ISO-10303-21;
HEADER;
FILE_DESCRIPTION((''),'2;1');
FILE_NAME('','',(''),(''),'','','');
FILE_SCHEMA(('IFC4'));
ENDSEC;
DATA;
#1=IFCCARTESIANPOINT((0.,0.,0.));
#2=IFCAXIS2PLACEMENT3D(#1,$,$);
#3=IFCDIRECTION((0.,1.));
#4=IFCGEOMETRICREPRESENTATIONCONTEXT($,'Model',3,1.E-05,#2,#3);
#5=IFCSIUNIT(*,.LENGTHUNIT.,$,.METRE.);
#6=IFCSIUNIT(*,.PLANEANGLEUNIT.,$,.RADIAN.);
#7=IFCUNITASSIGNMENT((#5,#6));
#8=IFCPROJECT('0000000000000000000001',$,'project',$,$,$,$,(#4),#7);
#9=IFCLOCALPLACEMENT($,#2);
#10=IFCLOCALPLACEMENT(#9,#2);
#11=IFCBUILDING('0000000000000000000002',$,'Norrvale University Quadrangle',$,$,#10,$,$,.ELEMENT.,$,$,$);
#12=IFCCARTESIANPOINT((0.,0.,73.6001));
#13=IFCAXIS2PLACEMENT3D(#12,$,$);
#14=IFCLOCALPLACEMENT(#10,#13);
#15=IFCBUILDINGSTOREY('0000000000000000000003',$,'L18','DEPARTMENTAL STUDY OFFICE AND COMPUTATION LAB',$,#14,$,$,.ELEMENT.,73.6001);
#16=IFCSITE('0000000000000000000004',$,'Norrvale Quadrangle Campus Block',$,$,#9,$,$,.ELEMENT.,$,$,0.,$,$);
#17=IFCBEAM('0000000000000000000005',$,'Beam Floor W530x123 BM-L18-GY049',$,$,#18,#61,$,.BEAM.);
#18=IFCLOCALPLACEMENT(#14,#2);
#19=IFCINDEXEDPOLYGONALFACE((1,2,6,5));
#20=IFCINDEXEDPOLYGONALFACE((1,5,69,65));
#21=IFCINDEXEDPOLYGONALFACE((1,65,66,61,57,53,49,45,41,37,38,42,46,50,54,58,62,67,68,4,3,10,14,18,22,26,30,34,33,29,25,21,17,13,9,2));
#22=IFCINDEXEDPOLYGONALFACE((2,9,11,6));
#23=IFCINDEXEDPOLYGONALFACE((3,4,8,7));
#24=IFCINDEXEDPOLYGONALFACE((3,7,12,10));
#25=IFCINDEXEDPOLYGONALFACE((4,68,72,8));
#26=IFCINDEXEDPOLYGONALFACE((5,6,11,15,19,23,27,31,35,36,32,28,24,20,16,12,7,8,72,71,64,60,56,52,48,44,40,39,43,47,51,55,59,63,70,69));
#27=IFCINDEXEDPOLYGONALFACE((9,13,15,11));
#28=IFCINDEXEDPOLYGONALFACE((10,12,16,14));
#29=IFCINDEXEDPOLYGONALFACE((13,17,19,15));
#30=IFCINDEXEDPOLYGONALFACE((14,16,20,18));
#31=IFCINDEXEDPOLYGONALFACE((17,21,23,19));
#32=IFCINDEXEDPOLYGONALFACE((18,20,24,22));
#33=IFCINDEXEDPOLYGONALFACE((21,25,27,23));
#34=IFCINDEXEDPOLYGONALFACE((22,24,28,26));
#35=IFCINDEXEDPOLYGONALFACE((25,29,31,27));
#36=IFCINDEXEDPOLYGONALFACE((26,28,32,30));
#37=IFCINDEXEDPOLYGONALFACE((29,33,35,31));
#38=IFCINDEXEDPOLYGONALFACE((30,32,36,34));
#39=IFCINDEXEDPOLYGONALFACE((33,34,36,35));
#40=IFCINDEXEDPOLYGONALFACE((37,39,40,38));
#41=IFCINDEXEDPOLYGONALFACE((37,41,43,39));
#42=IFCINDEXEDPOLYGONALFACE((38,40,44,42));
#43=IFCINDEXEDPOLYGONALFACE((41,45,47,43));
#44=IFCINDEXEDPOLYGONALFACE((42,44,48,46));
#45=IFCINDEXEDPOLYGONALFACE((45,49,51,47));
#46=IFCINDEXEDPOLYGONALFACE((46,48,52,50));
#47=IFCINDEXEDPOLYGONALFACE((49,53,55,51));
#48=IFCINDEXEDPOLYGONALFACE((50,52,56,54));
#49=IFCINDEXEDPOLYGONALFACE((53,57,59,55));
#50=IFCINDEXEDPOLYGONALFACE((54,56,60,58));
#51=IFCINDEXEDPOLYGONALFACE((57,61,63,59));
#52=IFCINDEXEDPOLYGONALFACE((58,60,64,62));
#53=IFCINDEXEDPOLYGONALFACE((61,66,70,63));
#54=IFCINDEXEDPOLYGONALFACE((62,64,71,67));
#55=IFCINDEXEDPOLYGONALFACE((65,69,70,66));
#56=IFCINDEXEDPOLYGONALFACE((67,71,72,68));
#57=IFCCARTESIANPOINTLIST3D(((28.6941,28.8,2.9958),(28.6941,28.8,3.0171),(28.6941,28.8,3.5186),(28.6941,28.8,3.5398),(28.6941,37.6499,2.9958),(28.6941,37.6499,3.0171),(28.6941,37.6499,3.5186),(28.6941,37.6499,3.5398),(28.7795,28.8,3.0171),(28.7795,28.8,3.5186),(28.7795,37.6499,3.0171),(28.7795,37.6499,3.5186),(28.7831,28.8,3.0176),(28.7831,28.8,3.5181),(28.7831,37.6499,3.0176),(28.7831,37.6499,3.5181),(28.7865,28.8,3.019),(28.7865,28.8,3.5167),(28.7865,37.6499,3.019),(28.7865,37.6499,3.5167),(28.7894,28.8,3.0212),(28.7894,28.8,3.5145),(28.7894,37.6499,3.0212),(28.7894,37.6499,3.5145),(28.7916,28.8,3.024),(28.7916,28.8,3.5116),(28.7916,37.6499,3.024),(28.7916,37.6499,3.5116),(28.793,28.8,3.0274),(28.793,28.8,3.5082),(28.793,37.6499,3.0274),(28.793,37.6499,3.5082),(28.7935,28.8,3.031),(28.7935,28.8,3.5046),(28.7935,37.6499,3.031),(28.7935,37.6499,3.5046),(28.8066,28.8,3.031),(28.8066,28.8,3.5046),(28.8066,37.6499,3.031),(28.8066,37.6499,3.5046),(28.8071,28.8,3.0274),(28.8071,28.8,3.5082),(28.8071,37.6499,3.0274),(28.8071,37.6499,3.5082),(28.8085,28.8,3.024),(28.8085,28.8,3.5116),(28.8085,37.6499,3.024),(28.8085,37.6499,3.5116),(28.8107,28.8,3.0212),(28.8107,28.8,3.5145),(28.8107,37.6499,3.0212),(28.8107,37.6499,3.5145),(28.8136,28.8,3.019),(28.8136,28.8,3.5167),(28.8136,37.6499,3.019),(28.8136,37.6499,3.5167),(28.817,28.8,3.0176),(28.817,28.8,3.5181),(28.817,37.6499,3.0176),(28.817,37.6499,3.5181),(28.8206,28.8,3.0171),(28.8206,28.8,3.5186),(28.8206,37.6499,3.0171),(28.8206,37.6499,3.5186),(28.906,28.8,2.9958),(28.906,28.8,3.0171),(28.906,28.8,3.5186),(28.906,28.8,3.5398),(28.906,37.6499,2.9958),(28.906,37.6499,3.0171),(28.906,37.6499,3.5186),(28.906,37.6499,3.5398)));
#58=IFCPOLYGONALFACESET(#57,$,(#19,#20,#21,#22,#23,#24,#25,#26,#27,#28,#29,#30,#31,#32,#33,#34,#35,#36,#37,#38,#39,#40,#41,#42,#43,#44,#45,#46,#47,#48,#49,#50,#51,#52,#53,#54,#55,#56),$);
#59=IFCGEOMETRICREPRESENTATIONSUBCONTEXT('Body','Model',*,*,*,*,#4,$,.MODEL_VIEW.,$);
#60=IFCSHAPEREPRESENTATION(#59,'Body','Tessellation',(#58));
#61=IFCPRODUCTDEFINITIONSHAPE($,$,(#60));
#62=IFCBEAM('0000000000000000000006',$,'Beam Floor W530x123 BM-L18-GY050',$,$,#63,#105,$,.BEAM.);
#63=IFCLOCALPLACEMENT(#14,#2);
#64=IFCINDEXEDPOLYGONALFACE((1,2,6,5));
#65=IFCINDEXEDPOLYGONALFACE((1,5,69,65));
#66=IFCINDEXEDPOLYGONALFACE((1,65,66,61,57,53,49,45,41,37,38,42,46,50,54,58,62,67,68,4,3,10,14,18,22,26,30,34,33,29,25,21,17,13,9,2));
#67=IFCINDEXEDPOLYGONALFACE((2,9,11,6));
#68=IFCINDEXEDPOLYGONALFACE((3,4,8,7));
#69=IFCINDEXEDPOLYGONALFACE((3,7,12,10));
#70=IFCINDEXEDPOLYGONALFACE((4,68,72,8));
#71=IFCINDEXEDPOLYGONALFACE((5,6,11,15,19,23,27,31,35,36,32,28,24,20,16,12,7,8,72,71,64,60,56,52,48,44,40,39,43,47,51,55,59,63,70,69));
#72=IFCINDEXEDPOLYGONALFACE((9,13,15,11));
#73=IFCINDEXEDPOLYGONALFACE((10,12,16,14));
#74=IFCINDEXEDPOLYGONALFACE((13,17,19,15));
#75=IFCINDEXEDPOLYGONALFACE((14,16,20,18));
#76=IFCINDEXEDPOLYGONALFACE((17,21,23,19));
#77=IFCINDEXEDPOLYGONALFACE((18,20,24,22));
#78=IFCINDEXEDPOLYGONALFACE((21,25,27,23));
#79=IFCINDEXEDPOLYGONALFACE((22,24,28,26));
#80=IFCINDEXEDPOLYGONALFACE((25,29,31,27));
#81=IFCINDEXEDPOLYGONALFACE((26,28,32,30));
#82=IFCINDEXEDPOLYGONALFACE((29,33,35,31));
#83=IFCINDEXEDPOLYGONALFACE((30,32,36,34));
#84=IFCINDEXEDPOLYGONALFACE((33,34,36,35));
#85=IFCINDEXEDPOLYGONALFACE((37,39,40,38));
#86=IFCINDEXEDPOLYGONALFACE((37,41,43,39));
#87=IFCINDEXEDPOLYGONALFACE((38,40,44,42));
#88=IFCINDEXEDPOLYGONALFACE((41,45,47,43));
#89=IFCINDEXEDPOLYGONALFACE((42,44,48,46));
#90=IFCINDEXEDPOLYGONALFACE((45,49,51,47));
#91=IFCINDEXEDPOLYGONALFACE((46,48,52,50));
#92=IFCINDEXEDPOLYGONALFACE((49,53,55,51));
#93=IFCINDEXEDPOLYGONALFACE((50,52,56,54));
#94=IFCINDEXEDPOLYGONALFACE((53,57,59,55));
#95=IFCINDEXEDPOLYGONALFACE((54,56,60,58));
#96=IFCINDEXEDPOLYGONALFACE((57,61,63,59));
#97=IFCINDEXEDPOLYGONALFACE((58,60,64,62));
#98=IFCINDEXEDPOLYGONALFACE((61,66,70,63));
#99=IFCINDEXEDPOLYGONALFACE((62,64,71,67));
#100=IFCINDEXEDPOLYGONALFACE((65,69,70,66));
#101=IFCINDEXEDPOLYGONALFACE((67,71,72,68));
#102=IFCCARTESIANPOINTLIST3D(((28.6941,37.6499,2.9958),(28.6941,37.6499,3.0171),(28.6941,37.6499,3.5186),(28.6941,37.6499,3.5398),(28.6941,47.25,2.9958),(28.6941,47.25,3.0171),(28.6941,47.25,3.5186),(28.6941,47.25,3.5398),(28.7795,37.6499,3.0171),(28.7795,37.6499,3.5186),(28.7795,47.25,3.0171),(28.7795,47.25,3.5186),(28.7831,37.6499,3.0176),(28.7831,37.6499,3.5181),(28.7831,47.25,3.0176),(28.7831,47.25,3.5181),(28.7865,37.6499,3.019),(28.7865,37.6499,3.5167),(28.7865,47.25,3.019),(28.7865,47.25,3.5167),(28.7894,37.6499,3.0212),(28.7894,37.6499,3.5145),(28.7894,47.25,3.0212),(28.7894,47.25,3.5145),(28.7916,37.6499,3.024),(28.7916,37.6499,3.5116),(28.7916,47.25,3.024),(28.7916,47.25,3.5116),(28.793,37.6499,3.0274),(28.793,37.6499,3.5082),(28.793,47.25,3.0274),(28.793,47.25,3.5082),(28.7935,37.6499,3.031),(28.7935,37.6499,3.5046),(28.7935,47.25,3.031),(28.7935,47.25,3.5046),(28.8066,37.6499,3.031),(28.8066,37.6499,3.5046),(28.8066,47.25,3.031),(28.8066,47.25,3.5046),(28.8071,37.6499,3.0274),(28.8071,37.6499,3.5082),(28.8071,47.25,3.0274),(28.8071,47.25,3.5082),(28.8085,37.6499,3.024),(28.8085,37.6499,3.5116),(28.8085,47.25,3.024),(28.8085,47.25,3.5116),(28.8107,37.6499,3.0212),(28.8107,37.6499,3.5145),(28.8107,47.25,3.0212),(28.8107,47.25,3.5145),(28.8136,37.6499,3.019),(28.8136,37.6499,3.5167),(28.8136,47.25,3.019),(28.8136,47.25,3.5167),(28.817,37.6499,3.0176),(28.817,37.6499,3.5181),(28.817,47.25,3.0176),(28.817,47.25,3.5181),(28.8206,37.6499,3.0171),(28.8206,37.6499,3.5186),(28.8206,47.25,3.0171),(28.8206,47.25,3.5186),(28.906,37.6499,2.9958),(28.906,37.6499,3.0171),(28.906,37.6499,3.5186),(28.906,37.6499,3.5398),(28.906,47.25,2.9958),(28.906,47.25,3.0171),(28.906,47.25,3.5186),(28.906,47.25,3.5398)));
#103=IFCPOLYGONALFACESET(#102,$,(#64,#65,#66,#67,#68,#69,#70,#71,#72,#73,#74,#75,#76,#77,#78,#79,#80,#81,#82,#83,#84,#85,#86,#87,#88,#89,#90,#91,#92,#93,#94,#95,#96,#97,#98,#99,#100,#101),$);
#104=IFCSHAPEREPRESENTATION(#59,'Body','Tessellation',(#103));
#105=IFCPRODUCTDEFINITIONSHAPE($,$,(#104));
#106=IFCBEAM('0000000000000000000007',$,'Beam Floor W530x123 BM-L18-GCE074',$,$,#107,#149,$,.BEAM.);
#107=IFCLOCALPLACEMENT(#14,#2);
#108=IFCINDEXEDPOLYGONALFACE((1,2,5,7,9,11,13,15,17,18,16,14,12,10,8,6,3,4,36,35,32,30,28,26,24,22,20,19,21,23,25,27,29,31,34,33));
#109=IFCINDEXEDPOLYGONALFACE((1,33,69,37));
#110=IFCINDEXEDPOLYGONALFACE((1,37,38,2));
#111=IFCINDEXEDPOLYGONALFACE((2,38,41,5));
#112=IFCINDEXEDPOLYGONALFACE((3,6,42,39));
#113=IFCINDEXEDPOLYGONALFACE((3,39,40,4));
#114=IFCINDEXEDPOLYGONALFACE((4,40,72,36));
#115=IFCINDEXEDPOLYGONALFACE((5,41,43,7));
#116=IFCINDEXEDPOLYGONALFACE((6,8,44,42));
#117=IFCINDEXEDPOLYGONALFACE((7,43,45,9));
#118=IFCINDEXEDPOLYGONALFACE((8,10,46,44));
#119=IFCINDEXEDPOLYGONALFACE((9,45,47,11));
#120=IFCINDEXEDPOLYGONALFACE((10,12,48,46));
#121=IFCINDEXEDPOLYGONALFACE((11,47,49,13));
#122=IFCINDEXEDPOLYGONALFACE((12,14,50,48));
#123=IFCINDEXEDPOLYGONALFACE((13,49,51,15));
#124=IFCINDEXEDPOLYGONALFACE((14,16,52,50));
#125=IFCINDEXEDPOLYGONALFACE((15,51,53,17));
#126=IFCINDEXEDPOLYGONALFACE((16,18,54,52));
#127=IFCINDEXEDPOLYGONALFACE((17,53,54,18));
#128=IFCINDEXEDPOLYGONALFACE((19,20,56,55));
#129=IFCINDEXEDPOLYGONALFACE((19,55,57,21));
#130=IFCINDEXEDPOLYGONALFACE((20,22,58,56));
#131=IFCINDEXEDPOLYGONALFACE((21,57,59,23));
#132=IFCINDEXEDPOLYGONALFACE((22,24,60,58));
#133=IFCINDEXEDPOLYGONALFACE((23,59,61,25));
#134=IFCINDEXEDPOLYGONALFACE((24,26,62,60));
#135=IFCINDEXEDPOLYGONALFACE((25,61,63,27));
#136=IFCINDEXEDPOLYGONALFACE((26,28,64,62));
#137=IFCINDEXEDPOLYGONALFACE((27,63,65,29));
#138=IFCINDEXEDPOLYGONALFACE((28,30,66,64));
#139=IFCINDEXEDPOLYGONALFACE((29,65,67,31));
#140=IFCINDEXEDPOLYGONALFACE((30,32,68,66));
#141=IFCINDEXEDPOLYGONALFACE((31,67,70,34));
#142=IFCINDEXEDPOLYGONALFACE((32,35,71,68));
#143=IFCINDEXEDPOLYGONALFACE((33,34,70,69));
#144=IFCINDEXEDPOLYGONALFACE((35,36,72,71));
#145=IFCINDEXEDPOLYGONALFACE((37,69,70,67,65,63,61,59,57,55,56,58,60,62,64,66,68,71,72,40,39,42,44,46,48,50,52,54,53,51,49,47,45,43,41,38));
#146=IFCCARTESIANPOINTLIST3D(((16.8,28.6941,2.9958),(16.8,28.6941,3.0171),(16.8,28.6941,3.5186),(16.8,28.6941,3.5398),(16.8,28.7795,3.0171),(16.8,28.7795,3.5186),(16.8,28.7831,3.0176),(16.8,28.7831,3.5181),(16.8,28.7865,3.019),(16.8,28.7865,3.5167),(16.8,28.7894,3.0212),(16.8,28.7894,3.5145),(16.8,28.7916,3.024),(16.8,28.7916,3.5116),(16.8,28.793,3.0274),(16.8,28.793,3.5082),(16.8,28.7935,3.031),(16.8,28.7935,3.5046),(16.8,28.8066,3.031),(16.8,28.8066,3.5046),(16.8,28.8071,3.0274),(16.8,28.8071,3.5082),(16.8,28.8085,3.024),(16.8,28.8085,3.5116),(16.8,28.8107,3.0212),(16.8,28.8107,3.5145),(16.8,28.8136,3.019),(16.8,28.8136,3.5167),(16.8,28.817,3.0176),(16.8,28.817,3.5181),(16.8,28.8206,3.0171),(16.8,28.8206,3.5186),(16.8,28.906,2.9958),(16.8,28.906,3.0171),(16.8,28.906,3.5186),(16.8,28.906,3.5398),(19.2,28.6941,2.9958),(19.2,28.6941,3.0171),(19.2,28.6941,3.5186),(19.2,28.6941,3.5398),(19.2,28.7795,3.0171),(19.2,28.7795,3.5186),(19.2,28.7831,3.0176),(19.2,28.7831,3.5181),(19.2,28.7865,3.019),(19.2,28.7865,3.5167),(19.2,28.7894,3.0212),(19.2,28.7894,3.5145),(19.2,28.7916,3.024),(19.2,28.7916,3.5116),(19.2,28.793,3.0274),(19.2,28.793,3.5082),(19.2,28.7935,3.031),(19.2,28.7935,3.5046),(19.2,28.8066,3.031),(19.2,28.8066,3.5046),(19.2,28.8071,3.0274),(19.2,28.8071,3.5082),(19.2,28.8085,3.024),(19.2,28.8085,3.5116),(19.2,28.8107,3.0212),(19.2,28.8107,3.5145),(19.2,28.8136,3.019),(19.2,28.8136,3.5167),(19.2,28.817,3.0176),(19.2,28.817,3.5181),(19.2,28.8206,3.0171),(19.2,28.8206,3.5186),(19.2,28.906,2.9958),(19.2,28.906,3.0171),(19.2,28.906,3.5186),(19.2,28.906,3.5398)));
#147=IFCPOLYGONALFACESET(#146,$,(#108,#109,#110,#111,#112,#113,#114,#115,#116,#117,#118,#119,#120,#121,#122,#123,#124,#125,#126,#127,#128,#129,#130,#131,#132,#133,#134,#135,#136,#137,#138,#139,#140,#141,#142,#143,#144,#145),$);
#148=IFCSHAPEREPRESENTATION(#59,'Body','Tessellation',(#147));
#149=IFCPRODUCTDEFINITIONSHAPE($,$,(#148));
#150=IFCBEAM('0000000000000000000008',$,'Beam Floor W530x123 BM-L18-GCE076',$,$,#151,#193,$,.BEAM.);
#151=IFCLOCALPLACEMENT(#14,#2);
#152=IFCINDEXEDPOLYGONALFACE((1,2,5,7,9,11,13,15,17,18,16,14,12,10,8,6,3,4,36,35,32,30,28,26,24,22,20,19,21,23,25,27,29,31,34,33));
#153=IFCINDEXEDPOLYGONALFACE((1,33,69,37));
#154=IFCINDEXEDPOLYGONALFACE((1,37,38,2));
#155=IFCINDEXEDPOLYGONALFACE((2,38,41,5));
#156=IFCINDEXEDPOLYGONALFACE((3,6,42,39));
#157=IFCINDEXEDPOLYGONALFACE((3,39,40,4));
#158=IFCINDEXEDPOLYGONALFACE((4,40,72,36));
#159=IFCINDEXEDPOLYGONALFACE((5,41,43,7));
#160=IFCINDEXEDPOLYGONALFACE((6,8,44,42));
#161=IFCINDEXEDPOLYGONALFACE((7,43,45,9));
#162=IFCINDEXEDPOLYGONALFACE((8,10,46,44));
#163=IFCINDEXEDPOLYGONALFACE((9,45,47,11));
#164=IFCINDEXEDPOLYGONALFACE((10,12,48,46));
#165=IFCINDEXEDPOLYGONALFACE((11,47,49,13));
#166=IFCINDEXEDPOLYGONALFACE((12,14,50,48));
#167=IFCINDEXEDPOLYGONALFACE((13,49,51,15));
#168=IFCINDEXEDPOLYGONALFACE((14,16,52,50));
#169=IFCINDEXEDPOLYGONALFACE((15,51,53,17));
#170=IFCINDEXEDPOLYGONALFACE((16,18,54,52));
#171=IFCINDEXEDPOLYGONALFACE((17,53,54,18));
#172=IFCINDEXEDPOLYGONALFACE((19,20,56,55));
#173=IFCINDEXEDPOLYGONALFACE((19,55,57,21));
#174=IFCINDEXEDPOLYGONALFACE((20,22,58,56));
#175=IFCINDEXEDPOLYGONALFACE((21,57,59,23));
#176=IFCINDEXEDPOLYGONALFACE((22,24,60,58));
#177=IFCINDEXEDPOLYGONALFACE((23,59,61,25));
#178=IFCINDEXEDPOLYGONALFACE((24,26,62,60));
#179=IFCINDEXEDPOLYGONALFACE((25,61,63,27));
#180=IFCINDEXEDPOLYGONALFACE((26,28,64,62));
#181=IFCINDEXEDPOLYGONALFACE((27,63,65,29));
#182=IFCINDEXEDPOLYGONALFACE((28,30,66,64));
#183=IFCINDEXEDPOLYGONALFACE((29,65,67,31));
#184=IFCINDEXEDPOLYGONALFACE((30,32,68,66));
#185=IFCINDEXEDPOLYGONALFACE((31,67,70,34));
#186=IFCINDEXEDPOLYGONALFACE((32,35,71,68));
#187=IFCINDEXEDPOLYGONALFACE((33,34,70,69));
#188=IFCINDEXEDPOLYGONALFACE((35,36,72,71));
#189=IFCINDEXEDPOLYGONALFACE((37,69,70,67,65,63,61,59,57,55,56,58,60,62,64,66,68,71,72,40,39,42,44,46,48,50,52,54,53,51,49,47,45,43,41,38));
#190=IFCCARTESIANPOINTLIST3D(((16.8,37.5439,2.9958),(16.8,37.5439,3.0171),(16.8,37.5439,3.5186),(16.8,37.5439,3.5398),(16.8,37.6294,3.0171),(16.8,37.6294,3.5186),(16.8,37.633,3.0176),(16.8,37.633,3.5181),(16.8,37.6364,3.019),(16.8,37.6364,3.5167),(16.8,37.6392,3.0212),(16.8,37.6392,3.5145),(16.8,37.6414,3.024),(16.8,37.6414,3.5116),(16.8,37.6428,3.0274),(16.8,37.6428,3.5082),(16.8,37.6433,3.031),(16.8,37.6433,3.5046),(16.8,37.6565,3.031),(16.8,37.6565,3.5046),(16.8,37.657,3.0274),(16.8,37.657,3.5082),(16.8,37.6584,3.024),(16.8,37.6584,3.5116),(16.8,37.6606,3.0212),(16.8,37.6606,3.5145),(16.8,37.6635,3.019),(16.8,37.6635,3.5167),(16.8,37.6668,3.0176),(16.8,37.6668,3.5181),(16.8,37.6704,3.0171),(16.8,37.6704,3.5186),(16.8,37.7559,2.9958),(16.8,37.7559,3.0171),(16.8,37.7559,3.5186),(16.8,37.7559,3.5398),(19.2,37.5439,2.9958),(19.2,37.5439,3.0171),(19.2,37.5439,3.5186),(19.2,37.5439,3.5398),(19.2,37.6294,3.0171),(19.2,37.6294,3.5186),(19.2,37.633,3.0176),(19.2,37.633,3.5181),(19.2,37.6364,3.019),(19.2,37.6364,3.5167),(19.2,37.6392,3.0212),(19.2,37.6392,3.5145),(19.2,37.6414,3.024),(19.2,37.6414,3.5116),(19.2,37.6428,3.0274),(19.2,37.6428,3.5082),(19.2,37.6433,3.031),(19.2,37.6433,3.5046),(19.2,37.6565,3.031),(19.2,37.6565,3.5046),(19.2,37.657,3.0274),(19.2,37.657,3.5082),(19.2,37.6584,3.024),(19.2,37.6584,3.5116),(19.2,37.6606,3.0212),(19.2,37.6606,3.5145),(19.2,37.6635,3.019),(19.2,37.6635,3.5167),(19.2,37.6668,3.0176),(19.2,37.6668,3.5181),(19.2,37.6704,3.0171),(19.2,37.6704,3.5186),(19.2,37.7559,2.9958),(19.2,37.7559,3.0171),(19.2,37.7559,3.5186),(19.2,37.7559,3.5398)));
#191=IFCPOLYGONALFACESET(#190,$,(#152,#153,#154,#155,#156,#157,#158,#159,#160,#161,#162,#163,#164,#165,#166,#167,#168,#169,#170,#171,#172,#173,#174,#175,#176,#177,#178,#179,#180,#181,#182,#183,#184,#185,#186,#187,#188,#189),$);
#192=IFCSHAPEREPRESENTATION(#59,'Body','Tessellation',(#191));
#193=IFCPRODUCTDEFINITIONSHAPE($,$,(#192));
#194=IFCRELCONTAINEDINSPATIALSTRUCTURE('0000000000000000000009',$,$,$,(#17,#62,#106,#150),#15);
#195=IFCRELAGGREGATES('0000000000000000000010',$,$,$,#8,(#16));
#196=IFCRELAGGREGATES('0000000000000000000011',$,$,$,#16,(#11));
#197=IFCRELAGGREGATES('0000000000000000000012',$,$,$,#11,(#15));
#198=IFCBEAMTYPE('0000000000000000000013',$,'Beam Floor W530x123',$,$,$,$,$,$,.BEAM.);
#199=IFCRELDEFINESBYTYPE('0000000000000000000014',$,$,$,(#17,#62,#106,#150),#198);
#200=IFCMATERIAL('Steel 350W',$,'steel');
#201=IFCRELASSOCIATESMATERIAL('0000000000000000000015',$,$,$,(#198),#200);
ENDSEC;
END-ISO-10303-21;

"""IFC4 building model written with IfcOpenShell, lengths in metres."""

from ifc_helpers import new_model, si_unit, direction, frame, origin, origin_2d, place, context, subcontext, project, spatial, i_section, extrude, material, material_profile, profile_set, type_object, element, save


model = new_model("IFC4")

# Units and contexts
model_context = context("Model", 3, precision=1e-05, world=origin(), true_north=direction((0.0, 1.0)))
body_context = subcontext(model_context, "Body", "Model", "MODEL_VIEW")
ifc_project = project(units=[si_unit("LENGTHUNIT", "METRE"), si_unit("PLANEANGLEUNIT", "RADIAN")], contexts=[model_context])

# Site, building, storey
site_placement = place(None, origin())
site = spatial("IfcSite", under=ifc_project, at=site_placement, Name="Norrvale Quadrangle Campus Block", CompositionType="ELEMENT", RefElevation=0.0)
building_placement = place(site_placement, origin())
building = spatial("IfcBuilding", under=site, at=building_placement, Name="Norrvale University Quadrangle", CompositionType="ELEMENT")
storey_placement = place(building_placement, frame((0.0, 0.0, 73.6001)))
storey = spatial("IfcBuildingStorey", under=building, at=storey_placement, Name="L18", Description="DEPARTMENTAL STUDY OFFICE AND COMPUTATION LAB", CompositionType="ELEMENT", Elevation=73.6001)

# Beams
ifc_material_1 = material(Name="Steel 350W", Category="steel")
ifc_material_profile_1 = material_profile(ifc_material_1, i_section(OverallWidth=0.2119, OverallDepth=0.5439, WebThickness=0.0132, FlangeThickness=0.0212, FilletRadius=0.0139, at=origin_2d()), Name="Steel 350W")
ifc_profile_set_1 = profile_set([ifc_material_profile_1], Name="Steel 350W")
beam_type_1 = type_object("IfcBeamType", Name="Beam Floor W530x123", PredefinedType="BEAM", material=ifc_profile_set_1)
beam_1_placement = place(storey_placement, frame((28.8, 28.8, 3.2678), z_axis=(0.0, 1.0, 0.0), x_axis=(-1.0, 0.0, 0.0)))
element("IfcBeam", 1, at=beam_1_placement, inside=storey, type_object=beam_type_1, Name="Beam Floor W530x123 BM-L18-GY049", PredefinedType="BEAM", context=body_context, shape_type="SweptSolid", body=[
    extrude(i_section(OverallWidth=0.2119, OverallDepth=0.5439, WebThickness=0.0132, FlangeThickness=0.0212, FilletRadius=0.0139, at=origin_2d()), origin(), (0.0, 0.0, 1.0), 8.8499),
])
beam_2_placement = place(storey_placement, frame((28.8, 37.6499, 3.2678), z_axis=(0.0, 1.0, 0.0), x_axis=(-1.0, 0.0, 0.0)))
element("IfcBeam", 2, at=beam_2_placement, inside=storey, type_object=beam_type_1, Name="Beam Floor W530x123 BM-L18-GY050", PredefinedType="BEAM", context=body_context, shape_type="SweptSolid", body=[
    extrude(i_section(OverallWidth=0.2119, OverallDepth=0.5439, WebThickness=0.0132, FlangeThickness=0.0212, FilletRadius=0.0139, at=origin_2d()), origin(), (0.0, 0.0, 1.0), 9.6001),
])
for number, where, z_axis, x_axis, name in (
    (3, (16.8, 28.8, 3.2678), (1.0, 0.0, 0.0), (0.0, 1.0, 0.0), "Beam Floor W530x123 BM-L18-GCE074"),
    (4, (16.8, 37.6499, 3.2678), (1.0, 0.0, 0.0), (0.0, 1.0, 0.0), "Beam Floor W530x123 BM-L18-GCE076"),
):
    element("IfcBeam", number, at=place(storey_placement, frame(where, z_axis=z_axis, x_axis=x_axis)), inside=storey, type_object=beam_type_1, Name=name, PredefinedType="BEAM", context=body_context, shape_type="SweptSolid", body=[
        extrude(i_section(OverallWidth=0.2119, OverallDepth=0.5439, WebThickness=0.0132, FlangeThickness=0.0212, FilletRadius=0.0139, at=origin_2d()), origin(), (0.0, 0.0, 1.0), 2.3999),
    ])

save(model, "model.ifc")
